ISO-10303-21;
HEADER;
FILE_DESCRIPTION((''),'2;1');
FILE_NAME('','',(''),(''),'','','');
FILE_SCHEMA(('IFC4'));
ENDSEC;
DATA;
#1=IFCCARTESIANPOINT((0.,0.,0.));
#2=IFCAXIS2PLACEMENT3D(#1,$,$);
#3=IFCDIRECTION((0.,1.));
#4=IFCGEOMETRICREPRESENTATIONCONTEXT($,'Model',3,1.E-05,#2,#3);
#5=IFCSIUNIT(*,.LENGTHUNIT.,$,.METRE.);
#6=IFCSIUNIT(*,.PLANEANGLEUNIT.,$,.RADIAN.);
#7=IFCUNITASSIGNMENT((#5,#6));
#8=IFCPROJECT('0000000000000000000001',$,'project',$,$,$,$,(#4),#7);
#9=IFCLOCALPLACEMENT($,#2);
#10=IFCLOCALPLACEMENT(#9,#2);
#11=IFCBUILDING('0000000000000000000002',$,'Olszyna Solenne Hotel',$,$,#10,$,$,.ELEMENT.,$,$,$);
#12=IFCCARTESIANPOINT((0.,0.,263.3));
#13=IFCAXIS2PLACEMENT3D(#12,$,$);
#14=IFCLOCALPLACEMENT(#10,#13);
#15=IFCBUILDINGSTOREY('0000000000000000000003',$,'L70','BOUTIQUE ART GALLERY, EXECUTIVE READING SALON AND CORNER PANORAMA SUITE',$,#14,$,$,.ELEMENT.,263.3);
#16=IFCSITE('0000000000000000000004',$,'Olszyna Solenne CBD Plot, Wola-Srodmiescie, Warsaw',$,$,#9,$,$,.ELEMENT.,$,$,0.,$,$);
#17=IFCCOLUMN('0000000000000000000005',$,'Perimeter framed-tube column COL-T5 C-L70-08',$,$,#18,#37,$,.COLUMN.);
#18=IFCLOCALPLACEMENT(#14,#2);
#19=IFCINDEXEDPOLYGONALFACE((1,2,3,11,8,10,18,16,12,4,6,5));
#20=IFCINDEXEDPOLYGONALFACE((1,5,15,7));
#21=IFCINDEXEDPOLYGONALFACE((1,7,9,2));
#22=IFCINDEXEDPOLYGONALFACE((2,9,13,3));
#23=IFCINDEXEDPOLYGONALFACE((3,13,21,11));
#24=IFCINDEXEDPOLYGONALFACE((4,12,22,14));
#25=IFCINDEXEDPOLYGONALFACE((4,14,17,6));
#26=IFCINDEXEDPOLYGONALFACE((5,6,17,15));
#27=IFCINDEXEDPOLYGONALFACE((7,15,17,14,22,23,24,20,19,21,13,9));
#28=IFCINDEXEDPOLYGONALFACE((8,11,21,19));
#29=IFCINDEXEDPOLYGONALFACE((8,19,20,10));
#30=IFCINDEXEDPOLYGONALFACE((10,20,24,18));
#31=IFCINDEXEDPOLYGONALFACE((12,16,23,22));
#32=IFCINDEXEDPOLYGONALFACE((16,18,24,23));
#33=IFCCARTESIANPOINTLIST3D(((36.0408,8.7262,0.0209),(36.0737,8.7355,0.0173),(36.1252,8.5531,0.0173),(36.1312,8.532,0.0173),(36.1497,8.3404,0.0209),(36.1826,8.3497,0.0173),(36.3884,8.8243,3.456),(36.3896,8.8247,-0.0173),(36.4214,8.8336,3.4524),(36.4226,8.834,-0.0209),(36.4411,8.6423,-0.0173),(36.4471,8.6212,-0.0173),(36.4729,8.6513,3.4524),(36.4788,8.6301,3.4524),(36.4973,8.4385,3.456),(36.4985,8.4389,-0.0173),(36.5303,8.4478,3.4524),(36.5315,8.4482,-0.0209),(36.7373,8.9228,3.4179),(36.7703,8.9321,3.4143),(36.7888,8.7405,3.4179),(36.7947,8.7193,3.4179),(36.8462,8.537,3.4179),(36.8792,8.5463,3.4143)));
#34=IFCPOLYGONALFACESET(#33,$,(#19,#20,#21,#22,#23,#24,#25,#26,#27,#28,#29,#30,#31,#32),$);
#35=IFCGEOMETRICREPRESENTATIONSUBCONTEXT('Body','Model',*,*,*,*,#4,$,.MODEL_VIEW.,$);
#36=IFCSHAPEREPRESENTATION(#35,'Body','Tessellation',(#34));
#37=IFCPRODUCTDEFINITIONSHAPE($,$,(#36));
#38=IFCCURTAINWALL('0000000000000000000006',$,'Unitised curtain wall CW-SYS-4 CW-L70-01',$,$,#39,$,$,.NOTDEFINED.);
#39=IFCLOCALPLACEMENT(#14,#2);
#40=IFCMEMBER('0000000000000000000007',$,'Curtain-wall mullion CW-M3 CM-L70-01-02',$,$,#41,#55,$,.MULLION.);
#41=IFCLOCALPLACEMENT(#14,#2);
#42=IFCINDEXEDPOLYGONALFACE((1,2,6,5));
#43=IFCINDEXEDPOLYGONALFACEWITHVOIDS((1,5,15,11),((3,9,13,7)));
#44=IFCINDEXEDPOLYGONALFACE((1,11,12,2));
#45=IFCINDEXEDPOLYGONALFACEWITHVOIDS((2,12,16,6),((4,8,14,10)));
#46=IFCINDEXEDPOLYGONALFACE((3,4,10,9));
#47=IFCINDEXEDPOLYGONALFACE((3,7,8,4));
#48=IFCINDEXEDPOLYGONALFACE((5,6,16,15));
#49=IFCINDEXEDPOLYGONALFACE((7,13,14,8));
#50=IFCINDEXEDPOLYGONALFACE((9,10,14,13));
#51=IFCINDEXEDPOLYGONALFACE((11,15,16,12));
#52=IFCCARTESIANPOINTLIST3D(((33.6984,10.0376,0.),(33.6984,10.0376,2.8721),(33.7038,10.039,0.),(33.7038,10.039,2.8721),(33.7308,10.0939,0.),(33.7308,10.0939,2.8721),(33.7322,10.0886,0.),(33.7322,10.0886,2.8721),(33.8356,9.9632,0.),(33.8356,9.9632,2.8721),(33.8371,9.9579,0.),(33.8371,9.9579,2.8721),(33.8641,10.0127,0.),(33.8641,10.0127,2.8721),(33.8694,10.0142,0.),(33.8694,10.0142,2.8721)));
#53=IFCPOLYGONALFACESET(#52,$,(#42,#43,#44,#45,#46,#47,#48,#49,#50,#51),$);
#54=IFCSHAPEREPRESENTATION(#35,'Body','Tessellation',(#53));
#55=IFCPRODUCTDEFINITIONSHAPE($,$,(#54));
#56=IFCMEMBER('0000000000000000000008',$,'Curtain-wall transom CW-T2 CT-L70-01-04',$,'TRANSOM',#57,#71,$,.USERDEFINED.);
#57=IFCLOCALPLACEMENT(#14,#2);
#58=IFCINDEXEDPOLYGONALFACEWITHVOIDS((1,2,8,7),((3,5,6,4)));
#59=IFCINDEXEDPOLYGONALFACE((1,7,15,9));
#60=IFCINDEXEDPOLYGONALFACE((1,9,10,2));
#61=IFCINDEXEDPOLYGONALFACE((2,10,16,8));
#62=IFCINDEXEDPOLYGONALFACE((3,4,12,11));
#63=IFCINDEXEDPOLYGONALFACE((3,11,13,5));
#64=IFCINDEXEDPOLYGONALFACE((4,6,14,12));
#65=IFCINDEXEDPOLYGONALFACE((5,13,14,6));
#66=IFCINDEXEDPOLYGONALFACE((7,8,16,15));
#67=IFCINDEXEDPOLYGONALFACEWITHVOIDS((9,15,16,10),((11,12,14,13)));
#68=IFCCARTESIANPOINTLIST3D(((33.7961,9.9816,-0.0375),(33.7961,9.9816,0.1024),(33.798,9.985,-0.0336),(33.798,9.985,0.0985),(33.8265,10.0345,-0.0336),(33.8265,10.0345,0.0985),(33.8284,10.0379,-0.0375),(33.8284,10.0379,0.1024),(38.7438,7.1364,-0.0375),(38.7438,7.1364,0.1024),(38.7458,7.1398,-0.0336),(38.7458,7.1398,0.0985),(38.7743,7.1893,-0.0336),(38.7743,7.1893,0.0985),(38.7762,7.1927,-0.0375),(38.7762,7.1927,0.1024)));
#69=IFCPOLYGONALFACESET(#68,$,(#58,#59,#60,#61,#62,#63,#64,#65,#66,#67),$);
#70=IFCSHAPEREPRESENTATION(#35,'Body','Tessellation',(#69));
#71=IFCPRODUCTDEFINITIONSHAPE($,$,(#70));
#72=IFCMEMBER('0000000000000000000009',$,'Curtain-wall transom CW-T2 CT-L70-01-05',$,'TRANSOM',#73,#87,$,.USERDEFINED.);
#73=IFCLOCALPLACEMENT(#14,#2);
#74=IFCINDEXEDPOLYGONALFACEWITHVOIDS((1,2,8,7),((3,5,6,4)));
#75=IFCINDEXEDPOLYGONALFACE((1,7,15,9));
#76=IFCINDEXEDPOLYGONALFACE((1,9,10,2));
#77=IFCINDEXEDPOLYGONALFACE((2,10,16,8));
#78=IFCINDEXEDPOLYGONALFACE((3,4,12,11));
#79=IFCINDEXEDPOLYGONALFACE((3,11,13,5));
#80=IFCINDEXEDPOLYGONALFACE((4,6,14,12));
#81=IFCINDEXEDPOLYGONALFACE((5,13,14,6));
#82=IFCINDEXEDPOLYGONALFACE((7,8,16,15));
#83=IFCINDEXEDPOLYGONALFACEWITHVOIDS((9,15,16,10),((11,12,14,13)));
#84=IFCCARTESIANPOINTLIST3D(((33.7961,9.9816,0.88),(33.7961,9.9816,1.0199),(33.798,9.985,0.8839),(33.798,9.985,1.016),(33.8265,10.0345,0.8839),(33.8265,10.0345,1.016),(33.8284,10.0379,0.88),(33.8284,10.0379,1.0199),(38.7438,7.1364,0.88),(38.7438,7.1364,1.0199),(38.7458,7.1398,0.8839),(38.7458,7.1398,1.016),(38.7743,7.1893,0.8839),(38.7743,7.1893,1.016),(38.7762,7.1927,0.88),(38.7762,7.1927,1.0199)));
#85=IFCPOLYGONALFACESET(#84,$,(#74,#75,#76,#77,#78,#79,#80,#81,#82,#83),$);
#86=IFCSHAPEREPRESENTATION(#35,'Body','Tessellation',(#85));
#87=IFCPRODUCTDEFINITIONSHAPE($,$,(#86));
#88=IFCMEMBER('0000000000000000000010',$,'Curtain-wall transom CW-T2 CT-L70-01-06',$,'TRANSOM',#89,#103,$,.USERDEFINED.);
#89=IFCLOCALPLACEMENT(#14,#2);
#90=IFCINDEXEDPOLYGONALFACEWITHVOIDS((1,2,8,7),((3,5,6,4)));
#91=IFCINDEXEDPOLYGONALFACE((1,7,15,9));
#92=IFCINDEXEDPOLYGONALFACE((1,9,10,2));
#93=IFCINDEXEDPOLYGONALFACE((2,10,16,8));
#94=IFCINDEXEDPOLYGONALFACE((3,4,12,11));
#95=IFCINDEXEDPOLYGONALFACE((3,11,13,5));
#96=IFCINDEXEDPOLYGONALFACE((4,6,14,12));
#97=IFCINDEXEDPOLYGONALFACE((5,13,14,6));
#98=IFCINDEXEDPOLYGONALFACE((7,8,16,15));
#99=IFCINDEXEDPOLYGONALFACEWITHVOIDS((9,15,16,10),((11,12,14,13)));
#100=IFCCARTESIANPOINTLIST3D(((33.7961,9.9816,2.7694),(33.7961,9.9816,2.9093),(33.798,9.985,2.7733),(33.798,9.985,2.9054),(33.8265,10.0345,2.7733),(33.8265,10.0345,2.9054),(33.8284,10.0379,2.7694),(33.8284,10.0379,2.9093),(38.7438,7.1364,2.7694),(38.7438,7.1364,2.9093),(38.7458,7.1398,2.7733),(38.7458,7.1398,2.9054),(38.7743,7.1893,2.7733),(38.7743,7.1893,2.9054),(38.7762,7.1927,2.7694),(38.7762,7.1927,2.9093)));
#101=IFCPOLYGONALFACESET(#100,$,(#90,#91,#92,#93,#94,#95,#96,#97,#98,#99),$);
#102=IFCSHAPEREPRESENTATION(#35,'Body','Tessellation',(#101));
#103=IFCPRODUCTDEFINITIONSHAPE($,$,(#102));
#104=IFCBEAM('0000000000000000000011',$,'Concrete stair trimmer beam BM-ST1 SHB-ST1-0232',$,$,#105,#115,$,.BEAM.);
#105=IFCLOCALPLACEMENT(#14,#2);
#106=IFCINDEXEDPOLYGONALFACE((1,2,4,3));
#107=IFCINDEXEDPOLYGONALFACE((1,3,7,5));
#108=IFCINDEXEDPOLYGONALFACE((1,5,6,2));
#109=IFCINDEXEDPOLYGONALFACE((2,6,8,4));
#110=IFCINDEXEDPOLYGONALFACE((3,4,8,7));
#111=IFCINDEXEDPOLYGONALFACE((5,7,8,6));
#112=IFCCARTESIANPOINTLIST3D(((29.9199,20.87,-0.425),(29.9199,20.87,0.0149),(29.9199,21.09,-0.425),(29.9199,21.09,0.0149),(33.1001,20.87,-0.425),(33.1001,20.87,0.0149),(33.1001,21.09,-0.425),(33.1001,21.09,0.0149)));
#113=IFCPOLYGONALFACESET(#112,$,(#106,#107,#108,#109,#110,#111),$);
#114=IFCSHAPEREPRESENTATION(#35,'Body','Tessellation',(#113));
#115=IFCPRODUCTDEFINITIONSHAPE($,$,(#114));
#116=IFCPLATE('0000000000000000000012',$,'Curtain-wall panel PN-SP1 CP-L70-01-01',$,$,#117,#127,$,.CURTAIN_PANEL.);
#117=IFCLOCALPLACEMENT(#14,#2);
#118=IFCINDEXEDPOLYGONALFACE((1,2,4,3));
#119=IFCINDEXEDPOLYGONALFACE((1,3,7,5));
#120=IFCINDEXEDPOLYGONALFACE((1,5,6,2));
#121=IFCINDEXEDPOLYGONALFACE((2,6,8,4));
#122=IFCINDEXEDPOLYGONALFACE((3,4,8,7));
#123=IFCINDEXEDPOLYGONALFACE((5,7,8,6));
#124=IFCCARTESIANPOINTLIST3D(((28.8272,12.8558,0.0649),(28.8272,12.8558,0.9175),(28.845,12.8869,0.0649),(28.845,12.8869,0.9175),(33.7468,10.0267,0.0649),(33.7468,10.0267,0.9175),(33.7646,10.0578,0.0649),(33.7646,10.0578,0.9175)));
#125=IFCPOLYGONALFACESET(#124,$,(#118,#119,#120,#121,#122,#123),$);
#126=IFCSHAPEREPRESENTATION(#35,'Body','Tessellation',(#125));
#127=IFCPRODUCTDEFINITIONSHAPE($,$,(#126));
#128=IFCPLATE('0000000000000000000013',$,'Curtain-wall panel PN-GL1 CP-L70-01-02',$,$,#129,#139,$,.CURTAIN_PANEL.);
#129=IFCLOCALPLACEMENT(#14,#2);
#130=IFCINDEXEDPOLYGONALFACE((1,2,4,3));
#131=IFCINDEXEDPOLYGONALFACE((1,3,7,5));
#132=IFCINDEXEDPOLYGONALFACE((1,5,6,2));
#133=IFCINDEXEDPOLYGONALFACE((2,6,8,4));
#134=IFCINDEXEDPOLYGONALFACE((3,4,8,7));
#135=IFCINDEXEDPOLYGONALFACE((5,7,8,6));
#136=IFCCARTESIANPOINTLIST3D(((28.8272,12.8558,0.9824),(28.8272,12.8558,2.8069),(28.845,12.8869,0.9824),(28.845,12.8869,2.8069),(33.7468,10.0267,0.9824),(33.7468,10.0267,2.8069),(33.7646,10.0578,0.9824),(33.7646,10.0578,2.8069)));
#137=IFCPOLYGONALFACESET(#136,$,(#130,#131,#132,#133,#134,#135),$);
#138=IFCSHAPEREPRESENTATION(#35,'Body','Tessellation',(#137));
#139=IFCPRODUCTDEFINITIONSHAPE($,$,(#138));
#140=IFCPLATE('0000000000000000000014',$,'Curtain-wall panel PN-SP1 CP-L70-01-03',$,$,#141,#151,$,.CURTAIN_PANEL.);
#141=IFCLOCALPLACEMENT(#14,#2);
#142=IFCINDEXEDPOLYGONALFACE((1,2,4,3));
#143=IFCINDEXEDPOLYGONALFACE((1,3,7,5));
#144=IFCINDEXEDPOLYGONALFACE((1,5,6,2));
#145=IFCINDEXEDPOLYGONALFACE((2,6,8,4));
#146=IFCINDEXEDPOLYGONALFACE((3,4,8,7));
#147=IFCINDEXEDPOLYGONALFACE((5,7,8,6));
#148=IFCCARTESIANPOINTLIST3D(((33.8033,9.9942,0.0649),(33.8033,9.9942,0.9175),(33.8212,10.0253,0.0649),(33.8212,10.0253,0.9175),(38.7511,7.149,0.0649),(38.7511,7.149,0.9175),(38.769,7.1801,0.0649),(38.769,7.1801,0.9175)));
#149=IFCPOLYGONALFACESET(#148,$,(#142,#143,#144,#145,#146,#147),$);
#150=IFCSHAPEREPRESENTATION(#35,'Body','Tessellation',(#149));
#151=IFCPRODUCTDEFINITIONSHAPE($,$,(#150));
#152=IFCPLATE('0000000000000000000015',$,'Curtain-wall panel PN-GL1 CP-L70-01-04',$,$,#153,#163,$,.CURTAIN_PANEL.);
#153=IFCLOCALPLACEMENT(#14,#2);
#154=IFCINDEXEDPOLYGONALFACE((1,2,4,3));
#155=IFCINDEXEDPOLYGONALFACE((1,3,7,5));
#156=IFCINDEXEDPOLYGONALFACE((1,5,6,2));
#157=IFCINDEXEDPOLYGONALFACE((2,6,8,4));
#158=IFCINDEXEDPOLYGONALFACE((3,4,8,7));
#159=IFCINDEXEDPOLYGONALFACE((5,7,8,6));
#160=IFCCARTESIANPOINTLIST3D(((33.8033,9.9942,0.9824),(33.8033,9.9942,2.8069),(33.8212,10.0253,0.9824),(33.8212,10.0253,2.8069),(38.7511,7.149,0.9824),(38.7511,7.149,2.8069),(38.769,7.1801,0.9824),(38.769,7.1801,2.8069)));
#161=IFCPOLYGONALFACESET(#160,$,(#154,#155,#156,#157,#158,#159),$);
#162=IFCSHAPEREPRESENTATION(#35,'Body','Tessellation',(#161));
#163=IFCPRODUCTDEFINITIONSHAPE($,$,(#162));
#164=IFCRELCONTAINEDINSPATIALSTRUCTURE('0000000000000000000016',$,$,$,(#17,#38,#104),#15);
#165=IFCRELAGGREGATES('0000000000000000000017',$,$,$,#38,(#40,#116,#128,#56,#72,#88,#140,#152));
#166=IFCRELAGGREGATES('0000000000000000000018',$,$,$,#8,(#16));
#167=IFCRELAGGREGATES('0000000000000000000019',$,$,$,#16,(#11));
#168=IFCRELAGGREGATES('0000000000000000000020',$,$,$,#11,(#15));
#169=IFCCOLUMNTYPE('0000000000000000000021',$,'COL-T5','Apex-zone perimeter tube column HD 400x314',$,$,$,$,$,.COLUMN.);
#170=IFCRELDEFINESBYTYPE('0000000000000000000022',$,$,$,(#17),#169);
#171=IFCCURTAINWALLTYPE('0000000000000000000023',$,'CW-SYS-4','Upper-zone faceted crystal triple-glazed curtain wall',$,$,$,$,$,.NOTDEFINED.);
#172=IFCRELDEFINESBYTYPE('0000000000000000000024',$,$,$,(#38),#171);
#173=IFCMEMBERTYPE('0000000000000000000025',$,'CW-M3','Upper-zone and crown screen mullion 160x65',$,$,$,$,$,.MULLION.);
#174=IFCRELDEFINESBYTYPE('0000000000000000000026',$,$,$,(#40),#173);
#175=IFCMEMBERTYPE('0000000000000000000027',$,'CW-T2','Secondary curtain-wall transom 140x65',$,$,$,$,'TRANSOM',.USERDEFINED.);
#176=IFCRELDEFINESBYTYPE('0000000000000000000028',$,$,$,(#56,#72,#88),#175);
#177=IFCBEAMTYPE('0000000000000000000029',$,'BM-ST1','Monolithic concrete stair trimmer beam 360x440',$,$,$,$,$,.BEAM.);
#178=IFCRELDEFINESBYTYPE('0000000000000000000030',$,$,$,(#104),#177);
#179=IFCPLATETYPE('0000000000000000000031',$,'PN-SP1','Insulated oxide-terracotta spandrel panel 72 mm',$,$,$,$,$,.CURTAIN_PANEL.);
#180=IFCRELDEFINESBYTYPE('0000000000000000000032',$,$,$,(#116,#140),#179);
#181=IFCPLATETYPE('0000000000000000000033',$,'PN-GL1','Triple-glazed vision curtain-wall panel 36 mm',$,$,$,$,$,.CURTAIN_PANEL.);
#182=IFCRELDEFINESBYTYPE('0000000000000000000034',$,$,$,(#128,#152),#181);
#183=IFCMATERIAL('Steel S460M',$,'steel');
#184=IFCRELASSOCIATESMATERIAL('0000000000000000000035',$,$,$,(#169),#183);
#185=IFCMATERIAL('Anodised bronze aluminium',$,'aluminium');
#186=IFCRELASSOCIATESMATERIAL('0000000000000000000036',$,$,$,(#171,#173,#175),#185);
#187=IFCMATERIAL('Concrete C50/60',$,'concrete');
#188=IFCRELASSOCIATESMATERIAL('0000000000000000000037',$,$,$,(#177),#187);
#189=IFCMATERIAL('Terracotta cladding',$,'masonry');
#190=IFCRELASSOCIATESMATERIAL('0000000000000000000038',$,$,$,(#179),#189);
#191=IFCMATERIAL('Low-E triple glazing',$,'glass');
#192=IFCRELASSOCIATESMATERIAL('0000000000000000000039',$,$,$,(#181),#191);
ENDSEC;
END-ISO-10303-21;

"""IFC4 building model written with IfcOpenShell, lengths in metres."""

from ifc_helpers import new_model, si_unit, direction, frame, origin, origin_2d, place, context, subcontext, project, spatial, rectangle, hollow_rectangle, i_section, extrude, source, transform, mapped, material, material_profile, profile_set, type_object, element, aggregate, save


model = new_model("IFC4")

# Units and contexts
model_context = context("Model", 3, precision=1e-05, world=origin(), true_north=direction((0.0, 1.0)))
body_context = subcontext(model_context, "Body", "Model", "MODEL_VIEW")
ifc_project = project(units=[si_unit("LENGTHUNIT", "METRE"), si_unit("PLANEANGLEUNIT", "RADIAN")], contexts=[model_context])

# Site, building, storey
site_placement = place(None, origin())
site = spatial("IfcSite", under=ifc_project, at=site_placement, Name="Olszyna Solenne CBD Plot, Wola-Srodmiescie, Warsaw", CompositionType="ELEMENT", RefElevation=0.0)
building_placement = place(site_placement, origin())
building = spatial("IfcBuilding", under=site, at=building_placement, Name="Olszyna Solenne Hotel", CompositionType="ELEMENT")
storey_placement = place(building_placement, frame((0.0, 0.0, 263.3)))
storey = spatial("IfcBuildingStorey", under=building, at=storey_placement, Name="L70", Description="BOUTIQUE ART GALLERY, EXECUTIVE READING SALON AND CORNER PANORAMA SUITE", CompositionType="ELEMENT", Elevation=263.3)

# Column
ifc_material_1 = material(Name="Steel S460M", Category="steel")
ifc_material_profile_1 = material_profile(ifc_material_1, i_section(OverallWidth=0.4009, OverallDepth=0.3989, WebThickness=0.022, FlangeThickness=0.0344, at=origin_2d()), Name="HD 400x314", Category="load-bearing")
ifc_profile_set_1 = profile_set([ifc_material_profile_1], Name="Steel S460M")
column_type = type_object("IfcColumnType", Name="COL-T5", Description="Apex-zone perimeter tube column HD 400x314", PredefinedType="COLUMN", material=ifc_profile_set_1)
shared_shape_1 = source(origin(), body_context, "Body", "SweptSolid", [
    extrude(i_section(OverallWidth=0.4009, OverallDepth=0.3989, WebThickness=0.022, FlangeThickness=0.0344, at=origin_2d()), origin(), (0.0, 0.0, 1.0), 3.4541),
])
column_placement = place(storey_placement, frame((36.2861, 8.5872, 0.0), z_axis=(0.100653, 0.028415, 0.994516), x_axis=(-0.271685, 0.962386, 0.0)))
element("IfcColumn", 1, at=column_placement, inside=storey, type_object=column_type, Name="Perimeter framed-tube column COL-T5 C-L70-08", PredefinedType="COLUMN", context=body_context, shape_type="MappedRepresentation", body=[
    mapped(shared_shape_1, transform((0.0, 0.0, 0.0), x_axis=(1.0, 0.0, 0.0), y_axis=(0.0, 1.0, 0.0), z_axis=(0.0, 0.0, 1.0), scale=1.0)),
])

# Curtain wall, members
ifc_material_2 = material(Name="Anodised bronze aluminium", Category="aluminium")
curtain_wall_type = type_object("IfcCurtainWallType", Name="CW-SYS-4", Description="Upper-zone faceted crystal triple-glazed curtain wall", PredefinedType="NOTDEFINED", material=ifc_material_2)
curtain_wall_placement = place(storey_placement, origin())
curtain_wall = element("IfcCurtainWall", 2, at=curtain_wall_placement, inside=storey, type_object=curtain_wall_type, Name="Unitised curtain wall CW-SYS-4 CW-L70-01", PredefinedType="NOTDEFINED")
ifc_material_profile_2 = material_profile(ifc_material_2, hollow_rectangle(XDim=0.0649, YDim=0.1599, WallThickness=0.0039, at=origin_2d()), Name="MULL 160x65x4", Category="load-bearing")
ifc_profile_set_2 = profile_set([ifc_material_profile_2], Name="Anodised bronze aluminium")
member_type_1 = type_object("IfcMemberType", Name="CW-M3", Description="Upper-zone and crown screen mullion 160x65", PredefinedType="MULLION", material=ifc_profile_set_2)
shared_shape_2 = source(origin(), body_context, "Body", "SweptSolid", [
    extrude(hollow_rectangle(XDim=0.0649, YDim=0.1599, WallThickness=0.0039, at=origin_2d()), origin(), (0.0, 0.0, 1.0), 2.8721),
])
member_1_placement = place(storey_placement, frame((33.7839, 10.0259, 0.0), z_axis=(0.0, 0.0, 1.0), x_axis=(0.498513, 0.866882, 0.0)))
member_1 = element("IfcMember", 3, at=member_1_placement, type_object=member_type_1, Name="Curtain-wall mullion CW-M3 CM-L70-01-02", PredefinedType="MULLION", context=body_context, shape_type="MappedRepresentation", body=[
    mapped(shared_shape_2, transform((0.0, 0.0, 0.0), x_axis=(1.0, 0.0, 0.0), y_axis=(0.0, 1.0, 0.0), z_axis=(0.0, 0.0, 1.0), scale=1.0)),
])
ifc_material_profile_3 = material_profile(ifc_material_2, hollow_rectangle(XDim=0.0649, YDim=0.1399, WallThickness=0.0039, at=origin_2d()), Name="TRAN 140x65x4", Category="load-bearing")
ifc_profile_set_3 = profile_set([ifc_material_profile_3], Name="Anodised bronze aluminium")
member_type_2 = type_object("IfcMemberType", Name="CW-T2", Description="Secondary curtain-wall transom 140x65", ElementType="TRANSOM", PredefinedType="USERDEFINED", material=ifc_profile_set_3)
shared_shape_3 = source(origin(), body_context, "Body", "SweptSolid", [
    extrude(hollow_rectangle(XDim=0.0649, YDim=0.1399, WallThickness=0.0039, at=origin_2d()), origin(), (0.0, 0.0, 1.0), 5.7075),
])
member_2_placement = place(storey_placement, frame((33.8123, 10.0098, 0.0325), z_axis=(0.866887, -0.498505, 0.0), x_axis=(0.498505, 0.866887, 0.0)))
member_2 = element("IfcMember", 4, at=member_2_placement, type_object=member_type_2, Name="Curtain-wall transom CW-T2 CT-L70-01-04", ObjectType="TRANSOM", PredefinedType="USERDEFINED", context=body_context, shape_type="MappedRepresentation", body=[
    mapped(shared_shape_3, transform((0.0, 0.0, 0.0), x_axis=(1.0, 0.0, 0.0), y_axis=(0.0, 1.0, 0.0), z_axis=(0.0, 0.0, 1.0), scale=1.0)),
])
member_3_placement = place(storey_placement, frame((33.8123, 10.0098, 0.95), z_axis=(0.866887, -0.498505, 0.0), x_axis=(0.498505, 0.866887, 0.0)))
member_3 = element("IfcMember", 5, at=member_3_placement, type_object=member_type_2, Name="Curtain-wall transom CW-T2 CT-L70-01-05", ObjectType="TRANSOM", PredefinedType="USERDEFINED", context=body_context, shape_type="MappedRepresentation", body=[
    mapped(shared_shape_3, transform((0.0, 0.0, 0.0), x_axis=(1.0, 0.0, 0.0), y_axis=(0.0, 1.0, 0.0), z_axis=(0.0, 0.0, 1.0), scale=1.0)),
])
member_4_placement = place(storey_placement, frame((33.8123, 10.0098, 2.8394), z_axis=(0.866887, -0.498505, 0.0), x_axis=(0.498505, 0.866887, 0.0)))
member_4 = element("IfcMember", 6, at=member_4_placement, type_object=member_type_2, Name="Curtain-wall transom CW-T2 CT-L70-01-06", ObjectType="TRANSOM", PredefinedType="USERDEFINED", context=body_context, shape_type="MappedRepresentation", body=[
    mapped(shared_shape_3, transform((0.0, 0.0, 0.0), x_axis=(1.0, 0.0, 0.0), y_axis=(0.0, 1.0, 0.0), z_axis=(0.0, 0.0, 1.0), scale=1.0)),
])

# Beam
ifc_material_3 = material(Name="Concrete C50/60", Category="concrete")
ifc_material_profile_4 = material_profile(ifc_material_3, rectangle(XDim=0.22, YDim=0.4399, at=origin_2d()), Name="RC 220x440", Category="load-bearing")
ifc_profile_set_4 = profile_set([ifc_material_profile_4], Name="Concrete C50/60")
beam_type = type_object("IfcBeamType", Name="BM-ST1", Description="Monolithic concrete stair trimmer beam 360x440", PredefinedType="BEAM", material=ifc_profile_set_4)
shared_shape_4 = source(origin(), body_context, "Body", "SweptSolid", [
    extrude(rectangle(XDim=0.22, YDim=0.4399, at=origin_2d()), origin(), (0.0, 0.0, 1.0), 3.1802),
])
beam_placement = place(storey_placement, frame((33.1001, 20.98, -0.2051), z_axis=(-1.0, 0.0, 0.0), x_axis=(0.0, -1.0, 0.0)))
element("IfcBeam", 7, at=beam_placement, inside=storey, type_object=beam_type, Name="Concrete stair trimmer beam BM-ST1 SHB-ST1-0232", PredefinedType="BEAM", context=body_context, shape_type="MappedRepresentation", body=[
    mapped(shared_shape_4, transform((0.0, 0.0, 0.0), x_axis=(1.0, 0.0, 0.0), y_axis=(0.0, 1.0, 0.0), z_axis=(0.0, 0.0, 1.0), scale=1.0)),
])

# Plates
ifc_material_4 = material(Name="Terracotta cladding", Category="masonry")
plate_type_1 = type_object("IfcPlateType", Name="PN-SP1", Description="Insulated oxide-terracotta spandrel panel 72 mm", PredefinedType="CURTAIN_PANEL", material=ifc_material_4)
shared_shape_5 = source(origin(), body_context, "Body", "SweptSolid", [
    extrude(rectangle(XDim=5.675, YDim=0.0359, at=origin_2d()), origin(), (0.0, 0.0, 1.0), 0.8525),
])
plate_1_placement = place(storey_placement, frame((31.2959, 11.4568, 0.0649), z_axis=(0.0, 0.0, 1.0), x_axis=(0.866882, -0.498513, 0.0)))
plate_1 = element("IfcPlate", 8, at=plate_1_placement, type_object=plate_type_1, Name="Curtain-wall panel PN-SP1 CP-L70-01-01", PredefinedType="CURTAIN_PANEL", context=body_context, shape_type="MappedRepresentation", body=[
    mapped(shared_shape_5, transform((0.0, 0.0, 0.0), x_axis=(1.0, 0.0, 0.0), y_axis=(0.0, 1.0, 0.0), z_axis=(0.0, 0.0, 1.0), scale=1.0)),
])
ifc_material_5 = material(Name="Low-E triple glazing", Category="glass")
plate_type_2 = type_object("IfcPlateType", Name="PN-GL1", Description="Triple-glazed vision curtain-wall panel 36 mm", PredefinedType="CURTAIN_PANEL", material=ifc_material_5)
shared_shape_6 = source(origin(), body_context, "Body", "SweptSolid", [
    extrude(rectangle(XDim=5.675, YDim=0.0359, at=origin_2d()), origin(), (0.0, 0.0, 1.0), 1.8245),
])
plate_2_placement = place(storey_placement, frame((31.2959, 11.4568, 0.9824), z_axis=(0.0, 0.0, 1.0), x_axis=(0.866882, -0.498513, 0.0)))
plate_2 = element("IfcPlate", 9, at=plate_2_placement, type_object=plate_type_2, Name="Curtain-wall panel PN-GL1 CP-L70-01-02", PredefinedType="CURTAIN_PANEL", context=body_context, shape_type="MappedRepresentation", body=[
    mapped(shared_shape_6, transform((0.0, 0.0, 0.0), x_axis=(1.0, 0.0, 0.0), y_axis=(0.0, 1.0, 0.0), z_axis=(0.0, 0.0, 1.0), scale=1.0)),
])
shared_shape_7 = source(origin(), body_context, "Body", "SweptSolid", [
    extrude(rectangle(XDim=5.7075, YDim=0.0359, at=origin_2d()), origin(), (0.0, 0.0, 1.0), 0.8525),
])
plate_3_placement = place(storey_placement, frame((36.2861, 8.5872, 0.0649), z_axis=(0.0, 0.0, 1.0), x_axis=(0.866882, -0.498513, 0.0)))
plate_3 = element("IfcPlate", 10, at=plate_3_placement, type_object=plate_type_1, Name="Curtain-wall panel PN-SP1 CP-L70-01-03", PredefinedType="CURTAIN_PANEL", context=body_context, shape_type="MappedRepresentation", body=[
    mapped(shared_shape_7, transform((0.0, 0.0, 0.0), x_axis=(1.0, 0.0, 0.0), y_axis=(0.0, 1.0, 0.0), z_axis=(0.0, 0.0, 1.0), scale=1.0)),
])
shared_shape_8 = source(origin(), body_context, "Body", "SweptSolid", [
    extrude(rectangle(XDim=5.7075, YDim=0.0359, at=origin_2d()), origin(), (0.0, 0.0, 1.0), 1.8245),
])
plate_4_placement = place(storey_placement, frame((36.2861, 8.5872, 0.9824), z_axis=(0.0, 0.0, 1.0), x_axis=(0.866882, -0.498513, 0.0)))
plate_4 = element("IfcPlate", 11, at=plate_4_placement, type_object=plate_type_2, Name="Curtain-wall panel PN-GL1 CP-L70-01-04", PredefinedType="CURTAIN_PANEL", context=body_context, shape_type="MappedRepresentation", body=[
    mapped(shared_shape_8, transform((0.0, 0.0, 0.0), x_axis=(1.0, 0.0, 0.0), y_axis=(0.0, 1.0, 0.0), z_axis=(0.0, 0.0, 1.0), scale=1.0)),
])
aggregate(curtain_wall, [member_1, plate_1, plate_2, member_2, member_3, member_4, plate_3, plate_4])

save(model, "model.ifc")
